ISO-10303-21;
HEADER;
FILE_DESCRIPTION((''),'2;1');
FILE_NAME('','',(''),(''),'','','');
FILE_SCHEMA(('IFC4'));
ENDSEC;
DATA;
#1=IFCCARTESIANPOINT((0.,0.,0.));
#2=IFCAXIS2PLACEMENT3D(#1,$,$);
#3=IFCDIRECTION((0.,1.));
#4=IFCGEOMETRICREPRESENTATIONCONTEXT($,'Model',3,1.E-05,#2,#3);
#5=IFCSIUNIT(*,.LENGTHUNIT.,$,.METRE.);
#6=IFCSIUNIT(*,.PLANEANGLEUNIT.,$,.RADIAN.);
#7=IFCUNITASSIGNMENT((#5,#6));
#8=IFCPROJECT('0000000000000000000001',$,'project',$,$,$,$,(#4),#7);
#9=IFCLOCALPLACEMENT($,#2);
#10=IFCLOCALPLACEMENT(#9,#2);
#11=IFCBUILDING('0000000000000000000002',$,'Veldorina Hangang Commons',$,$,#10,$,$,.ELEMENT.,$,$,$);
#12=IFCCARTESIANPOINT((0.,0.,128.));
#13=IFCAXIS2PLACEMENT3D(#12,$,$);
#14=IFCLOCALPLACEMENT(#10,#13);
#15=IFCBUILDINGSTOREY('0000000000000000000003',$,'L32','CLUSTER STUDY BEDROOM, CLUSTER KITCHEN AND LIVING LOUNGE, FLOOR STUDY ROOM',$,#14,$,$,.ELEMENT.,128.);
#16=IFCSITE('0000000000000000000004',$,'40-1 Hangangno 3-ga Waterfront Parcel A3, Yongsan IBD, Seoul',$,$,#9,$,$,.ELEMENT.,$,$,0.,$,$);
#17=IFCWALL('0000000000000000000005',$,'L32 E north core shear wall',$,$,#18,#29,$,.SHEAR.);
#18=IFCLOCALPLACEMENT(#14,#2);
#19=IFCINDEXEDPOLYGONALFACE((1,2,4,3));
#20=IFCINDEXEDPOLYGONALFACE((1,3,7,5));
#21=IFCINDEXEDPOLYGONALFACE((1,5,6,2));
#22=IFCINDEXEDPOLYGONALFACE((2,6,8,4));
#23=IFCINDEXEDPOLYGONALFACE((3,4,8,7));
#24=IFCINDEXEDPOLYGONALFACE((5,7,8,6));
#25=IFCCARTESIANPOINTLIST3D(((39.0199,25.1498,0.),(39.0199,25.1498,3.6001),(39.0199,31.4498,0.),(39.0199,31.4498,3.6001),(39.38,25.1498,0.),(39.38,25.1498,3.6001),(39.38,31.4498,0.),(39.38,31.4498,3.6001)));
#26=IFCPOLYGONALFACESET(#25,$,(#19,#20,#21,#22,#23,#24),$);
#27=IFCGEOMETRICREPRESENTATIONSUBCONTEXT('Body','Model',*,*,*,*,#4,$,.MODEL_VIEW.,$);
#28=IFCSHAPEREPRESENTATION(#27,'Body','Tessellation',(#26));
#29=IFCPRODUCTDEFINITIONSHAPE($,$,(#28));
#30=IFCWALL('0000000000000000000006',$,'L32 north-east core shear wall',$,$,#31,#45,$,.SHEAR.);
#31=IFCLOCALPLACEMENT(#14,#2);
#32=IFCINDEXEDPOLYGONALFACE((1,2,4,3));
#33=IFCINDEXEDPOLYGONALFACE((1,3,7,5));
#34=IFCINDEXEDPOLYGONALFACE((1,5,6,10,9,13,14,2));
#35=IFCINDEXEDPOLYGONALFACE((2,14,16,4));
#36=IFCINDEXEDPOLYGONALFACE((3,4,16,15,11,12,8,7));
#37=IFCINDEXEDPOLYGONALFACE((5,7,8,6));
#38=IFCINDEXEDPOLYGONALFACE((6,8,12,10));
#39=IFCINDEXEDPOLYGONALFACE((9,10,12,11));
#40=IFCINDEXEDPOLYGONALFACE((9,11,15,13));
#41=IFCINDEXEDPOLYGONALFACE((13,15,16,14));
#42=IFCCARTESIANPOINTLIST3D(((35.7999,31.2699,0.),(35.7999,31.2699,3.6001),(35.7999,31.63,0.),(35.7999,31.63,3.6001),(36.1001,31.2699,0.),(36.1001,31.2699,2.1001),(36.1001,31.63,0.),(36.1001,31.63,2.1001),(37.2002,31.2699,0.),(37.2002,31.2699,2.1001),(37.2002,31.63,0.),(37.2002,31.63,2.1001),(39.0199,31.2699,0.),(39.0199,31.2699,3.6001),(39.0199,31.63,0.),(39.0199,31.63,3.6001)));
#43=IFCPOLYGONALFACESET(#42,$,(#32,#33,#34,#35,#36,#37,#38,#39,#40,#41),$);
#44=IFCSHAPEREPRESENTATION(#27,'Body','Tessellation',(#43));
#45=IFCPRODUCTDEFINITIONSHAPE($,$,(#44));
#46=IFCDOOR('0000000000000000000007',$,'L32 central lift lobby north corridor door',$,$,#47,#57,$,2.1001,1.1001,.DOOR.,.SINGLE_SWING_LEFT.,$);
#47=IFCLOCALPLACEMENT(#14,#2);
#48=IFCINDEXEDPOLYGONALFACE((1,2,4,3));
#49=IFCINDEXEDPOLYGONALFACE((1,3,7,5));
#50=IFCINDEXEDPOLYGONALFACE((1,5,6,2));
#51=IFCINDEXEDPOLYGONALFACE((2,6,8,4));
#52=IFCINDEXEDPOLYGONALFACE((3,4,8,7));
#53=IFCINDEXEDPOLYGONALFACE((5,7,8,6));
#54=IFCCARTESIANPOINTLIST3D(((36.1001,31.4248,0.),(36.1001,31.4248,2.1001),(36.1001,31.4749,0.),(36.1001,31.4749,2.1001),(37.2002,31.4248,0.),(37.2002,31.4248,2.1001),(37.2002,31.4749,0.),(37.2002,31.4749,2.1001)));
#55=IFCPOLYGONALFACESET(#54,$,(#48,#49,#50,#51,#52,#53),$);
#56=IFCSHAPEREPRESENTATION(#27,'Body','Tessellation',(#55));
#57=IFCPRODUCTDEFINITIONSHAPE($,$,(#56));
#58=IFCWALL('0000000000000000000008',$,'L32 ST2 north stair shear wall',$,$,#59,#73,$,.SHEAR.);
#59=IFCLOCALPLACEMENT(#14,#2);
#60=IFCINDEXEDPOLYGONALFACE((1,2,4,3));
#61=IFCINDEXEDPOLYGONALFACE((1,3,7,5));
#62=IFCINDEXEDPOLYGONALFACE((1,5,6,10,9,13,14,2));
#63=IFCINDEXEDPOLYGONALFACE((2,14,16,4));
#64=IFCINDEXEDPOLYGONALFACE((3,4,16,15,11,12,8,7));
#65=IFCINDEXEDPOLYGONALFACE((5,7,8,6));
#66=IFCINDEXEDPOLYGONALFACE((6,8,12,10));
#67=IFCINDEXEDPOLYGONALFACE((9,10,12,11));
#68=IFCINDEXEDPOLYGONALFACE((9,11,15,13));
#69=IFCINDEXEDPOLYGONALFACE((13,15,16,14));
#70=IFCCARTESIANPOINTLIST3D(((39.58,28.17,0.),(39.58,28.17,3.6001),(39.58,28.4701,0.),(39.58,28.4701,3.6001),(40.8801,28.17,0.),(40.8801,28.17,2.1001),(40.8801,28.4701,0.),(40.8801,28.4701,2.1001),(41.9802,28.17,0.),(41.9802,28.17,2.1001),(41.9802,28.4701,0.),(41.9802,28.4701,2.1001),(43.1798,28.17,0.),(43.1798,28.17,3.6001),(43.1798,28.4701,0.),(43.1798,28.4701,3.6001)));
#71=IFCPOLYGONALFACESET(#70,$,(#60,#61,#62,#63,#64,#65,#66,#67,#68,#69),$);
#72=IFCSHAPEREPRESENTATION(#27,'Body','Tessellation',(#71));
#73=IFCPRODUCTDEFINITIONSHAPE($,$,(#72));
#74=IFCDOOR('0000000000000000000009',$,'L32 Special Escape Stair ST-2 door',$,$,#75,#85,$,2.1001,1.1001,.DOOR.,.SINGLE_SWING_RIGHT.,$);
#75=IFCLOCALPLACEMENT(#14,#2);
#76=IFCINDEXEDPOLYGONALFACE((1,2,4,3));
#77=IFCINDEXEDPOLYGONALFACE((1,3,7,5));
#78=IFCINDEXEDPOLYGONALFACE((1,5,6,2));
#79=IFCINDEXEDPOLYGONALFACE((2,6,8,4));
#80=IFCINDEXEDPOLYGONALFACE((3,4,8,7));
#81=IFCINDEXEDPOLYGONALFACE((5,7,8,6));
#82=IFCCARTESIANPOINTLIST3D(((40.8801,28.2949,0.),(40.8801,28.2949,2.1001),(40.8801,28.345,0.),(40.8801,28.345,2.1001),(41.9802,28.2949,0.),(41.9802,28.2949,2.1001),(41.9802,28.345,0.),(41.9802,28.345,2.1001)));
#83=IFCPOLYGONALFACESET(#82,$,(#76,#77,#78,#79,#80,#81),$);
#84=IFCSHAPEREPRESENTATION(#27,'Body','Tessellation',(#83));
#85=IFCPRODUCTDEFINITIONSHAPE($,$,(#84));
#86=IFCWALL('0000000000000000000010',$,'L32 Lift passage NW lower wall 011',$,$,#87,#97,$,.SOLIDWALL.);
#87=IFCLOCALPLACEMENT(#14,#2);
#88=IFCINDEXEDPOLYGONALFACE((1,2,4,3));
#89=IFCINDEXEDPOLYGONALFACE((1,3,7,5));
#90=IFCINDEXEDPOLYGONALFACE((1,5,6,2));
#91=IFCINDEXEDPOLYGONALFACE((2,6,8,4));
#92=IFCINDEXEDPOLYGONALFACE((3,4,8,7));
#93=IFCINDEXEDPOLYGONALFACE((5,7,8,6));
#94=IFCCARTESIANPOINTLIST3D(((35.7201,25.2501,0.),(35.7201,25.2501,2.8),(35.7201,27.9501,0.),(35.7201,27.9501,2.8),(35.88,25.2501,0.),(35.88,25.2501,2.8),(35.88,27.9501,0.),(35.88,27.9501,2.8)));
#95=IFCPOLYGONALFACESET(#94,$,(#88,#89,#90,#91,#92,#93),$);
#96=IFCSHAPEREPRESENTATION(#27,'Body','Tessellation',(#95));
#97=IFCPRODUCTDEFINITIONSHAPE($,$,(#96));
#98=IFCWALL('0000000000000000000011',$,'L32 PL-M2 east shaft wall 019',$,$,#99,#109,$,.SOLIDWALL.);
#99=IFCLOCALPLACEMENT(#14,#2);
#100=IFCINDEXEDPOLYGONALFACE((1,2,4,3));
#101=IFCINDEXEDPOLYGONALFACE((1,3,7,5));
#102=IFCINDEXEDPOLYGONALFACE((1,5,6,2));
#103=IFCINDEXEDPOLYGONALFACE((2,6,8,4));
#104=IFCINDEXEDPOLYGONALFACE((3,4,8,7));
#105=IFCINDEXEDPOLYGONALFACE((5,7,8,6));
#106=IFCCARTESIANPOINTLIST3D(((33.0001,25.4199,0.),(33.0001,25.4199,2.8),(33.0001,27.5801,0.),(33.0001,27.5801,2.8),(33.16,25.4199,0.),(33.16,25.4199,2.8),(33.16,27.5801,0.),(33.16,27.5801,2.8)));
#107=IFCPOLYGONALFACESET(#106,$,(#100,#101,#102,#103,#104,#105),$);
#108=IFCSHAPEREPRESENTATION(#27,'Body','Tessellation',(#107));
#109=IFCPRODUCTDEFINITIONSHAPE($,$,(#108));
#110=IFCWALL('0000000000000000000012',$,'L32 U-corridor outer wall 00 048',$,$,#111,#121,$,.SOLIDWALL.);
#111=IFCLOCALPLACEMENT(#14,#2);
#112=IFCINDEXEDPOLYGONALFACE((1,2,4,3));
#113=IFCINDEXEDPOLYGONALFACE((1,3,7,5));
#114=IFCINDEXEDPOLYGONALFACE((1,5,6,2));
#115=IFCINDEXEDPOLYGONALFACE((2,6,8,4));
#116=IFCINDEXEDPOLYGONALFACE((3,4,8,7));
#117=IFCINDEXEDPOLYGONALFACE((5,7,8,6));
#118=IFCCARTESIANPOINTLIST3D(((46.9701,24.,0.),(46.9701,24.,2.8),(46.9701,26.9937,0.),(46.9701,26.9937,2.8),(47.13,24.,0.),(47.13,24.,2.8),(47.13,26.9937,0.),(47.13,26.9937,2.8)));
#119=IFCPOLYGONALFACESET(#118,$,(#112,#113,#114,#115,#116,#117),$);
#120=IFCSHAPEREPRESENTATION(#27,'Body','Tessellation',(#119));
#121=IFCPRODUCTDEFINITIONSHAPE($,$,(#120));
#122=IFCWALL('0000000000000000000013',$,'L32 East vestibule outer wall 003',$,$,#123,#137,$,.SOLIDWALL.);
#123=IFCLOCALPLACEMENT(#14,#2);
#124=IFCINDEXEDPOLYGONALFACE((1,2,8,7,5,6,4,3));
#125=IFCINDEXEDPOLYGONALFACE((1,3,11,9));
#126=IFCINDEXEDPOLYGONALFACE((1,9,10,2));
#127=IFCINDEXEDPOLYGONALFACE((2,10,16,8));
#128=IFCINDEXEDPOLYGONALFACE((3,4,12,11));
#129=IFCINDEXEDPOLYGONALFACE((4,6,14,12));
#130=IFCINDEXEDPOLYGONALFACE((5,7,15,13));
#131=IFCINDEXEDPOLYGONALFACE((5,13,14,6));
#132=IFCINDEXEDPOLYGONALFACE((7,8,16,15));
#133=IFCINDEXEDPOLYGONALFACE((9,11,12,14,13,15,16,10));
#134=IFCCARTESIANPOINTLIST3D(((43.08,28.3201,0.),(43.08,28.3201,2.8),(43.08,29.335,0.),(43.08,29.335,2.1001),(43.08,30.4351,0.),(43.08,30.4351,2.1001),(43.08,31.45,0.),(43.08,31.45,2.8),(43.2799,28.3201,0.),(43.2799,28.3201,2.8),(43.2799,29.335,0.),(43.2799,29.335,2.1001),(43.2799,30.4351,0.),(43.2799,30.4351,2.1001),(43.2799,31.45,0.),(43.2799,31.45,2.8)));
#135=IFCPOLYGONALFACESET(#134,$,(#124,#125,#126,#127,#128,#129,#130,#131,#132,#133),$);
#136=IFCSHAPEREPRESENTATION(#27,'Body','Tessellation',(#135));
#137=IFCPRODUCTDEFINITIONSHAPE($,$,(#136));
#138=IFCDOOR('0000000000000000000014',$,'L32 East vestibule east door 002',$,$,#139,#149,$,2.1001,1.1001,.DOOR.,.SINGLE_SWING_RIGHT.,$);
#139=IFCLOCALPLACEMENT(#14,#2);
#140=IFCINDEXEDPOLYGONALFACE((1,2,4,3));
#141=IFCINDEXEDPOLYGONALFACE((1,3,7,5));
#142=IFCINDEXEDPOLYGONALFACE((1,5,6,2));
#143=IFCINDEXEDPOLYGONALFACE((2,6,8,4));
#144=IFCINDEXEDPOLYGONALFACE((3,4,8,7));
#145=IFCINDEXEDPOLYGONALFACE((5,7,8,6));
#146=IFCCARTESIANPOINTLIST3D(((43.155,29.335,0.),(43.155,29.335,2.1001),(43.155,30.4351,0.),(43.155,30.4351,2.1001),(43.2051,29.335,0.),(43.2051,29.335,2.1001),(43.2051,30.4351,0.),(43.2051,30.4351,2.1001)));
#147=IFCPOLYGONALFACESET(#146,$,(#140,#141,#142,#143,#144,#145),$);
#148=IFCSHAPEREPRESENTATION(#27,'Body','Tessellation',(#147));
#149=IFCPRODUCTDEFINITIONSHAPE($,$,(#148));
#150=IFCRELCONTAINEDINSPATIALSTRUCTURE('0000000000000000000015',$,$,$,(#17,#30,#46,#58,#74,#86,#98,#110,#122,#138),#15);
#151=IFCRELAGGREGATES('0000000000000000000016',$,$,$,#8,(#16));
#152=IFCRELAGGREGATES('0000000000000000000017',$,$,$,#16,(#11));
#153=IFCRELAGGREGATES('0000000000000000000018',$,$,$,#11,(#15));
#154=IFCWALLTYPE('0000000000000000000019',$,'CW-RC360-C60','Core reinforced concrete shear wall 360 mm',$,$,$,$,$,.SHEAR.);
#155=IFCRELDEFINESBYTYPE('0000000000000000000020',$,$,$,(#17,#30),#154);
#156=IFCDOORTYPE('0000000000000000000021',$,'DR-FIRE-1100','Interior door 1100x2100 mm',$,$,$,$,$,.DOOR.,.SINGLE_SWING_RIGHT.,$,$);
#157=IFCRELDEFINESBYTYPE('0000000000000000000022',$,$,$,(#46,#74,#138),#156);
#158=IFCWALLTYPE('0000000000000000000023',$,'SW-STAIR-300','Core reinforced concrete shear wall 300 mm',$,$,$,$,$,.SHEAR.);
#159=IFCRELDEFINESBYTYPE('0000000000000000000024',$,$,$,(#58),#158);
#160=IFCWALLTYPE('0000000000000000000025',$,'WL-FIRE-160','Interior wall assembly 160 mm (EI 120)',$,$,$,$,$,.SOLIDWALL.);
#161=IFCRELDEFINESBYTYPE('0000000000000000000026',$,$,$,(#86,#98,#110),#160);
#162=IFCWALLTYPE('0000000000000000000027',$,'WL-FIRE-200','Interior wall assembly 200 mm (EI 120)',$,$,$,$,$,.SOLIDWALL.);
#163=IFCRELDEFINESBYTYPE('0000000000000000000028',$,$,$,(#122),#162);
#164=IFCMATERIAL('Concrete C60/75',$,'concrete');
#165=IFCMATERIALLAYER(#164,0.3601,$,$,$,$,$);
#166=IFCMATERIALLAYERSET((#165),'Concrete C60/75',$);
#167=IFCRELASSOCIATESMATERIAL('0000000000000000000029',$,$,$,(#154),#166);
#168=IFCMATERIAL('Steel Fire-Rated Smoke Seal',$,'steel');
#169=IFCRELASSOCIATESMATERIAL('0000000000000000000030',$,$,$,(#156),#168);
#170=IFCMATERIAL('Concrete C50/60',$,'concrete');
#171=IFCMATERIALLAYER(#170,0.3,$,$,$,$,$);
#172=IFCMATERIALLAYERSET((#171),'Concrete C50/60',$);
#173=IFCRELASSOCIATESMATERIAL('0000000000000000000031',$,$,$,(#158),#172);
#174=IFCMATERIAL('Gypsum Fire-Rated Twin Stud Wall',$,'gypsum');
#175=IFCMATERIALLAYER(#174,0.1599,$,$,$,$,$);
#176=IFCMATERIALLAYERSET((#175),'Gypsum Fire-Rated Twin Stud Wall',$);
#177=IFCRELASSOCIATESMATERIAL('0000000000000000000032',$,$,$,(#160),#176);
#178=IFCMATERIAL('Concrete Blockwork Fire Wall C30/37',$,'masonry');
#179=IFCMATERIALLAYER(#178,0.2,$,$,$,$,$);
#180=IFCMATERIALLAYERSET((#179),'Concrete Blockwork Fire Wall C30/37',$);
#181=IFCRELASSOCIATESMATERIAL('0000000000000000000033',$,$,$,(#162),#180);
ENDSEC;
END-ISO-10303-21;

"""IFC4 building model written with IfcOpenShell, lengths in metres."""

from ifc_helpers import new_model, si_unit, direction, frame, frame_2d, origin, place, context, subcontext, project, spatial, rectangle, extrude, material, layer, layer_set, type_object, element, fill, save


model = new_model("IFC4")

# Units and contexts
model_context = context("Model", 3, precision=1e-05, world=origin(), true_north=direction((0.0, 1.0)))
body_context = subcontext(model_context, "Body", "Model", "MODEL_VIEW")
ifc_project = project(units=[si_unit("LENGTHUNIT", "METRE"), si_unit("PLANEANGLEUNIT", "RADIAN")], contexts=[model_context])

# Site, building, storey
site_placement = place(None, origin())
site = spatial("IfcSite", under=ifc_project, at=site_placement, Name="40-1 Hangangno 3-ga Waterfront Parcel A3, Yongsan IBD, Seoul", CompositionType="ELEMENT", RefElevation=0.0)
building_placement = place(site_placement, origin())
building = spatial("IfcBuilding", under=site, at=building_placement, Name="Veldorina Hangang Commons", CompositionType="ELEMENT")
storey_placement = place(building_placement, frame((0.0, 0.0, 128.0)))
storey = spatial("IfcBuildingStorey", under=building, at=storey_placement, Name="L32", Description="CLUSTER STUDY BEDROOM, CLUSTER KITCHEN AND LIVING LOUNGE, FLOOR STUDY ROOM", CompositionType="ELEMENT", Elevation=128.0)

# Wall
ifc_material_1 = material(Name="Concrete C60/75", Category="concrete")
ifc_layer_1 = layer(ifc_material_1, 0.3601)
ifc_layer_set_1 = layer_set([ifc_layer_1], Name="Concrete C60/75")
wall_type_1 = type_object("IfcWallType", Name="CW-RC360-C60", Description="Core reinforced concrete shear wall 360 mm", PredefinedType="SHEAR", material=ifc_layer_set_1)
wall_1_placement = place(storey_placement, frame((39.2, 25.1499, 0.0), z_axis=(0.0, 0.0, 1.0), x_axis=(0.0, 1.0, 0.0)))
element("IfcWall", 1, at=wall_1_placement, inside=storey, type_object=wall_type_1, Name="L32 E north core shear wall", PredefinedType="SHEAR", context=body_context, shape_type="SweptSolid", body=[
    extrude(rectangle(XDim=6.3, YDim=0.3601, at=frame_2d((3.1499, 0.0))), origin(), (0.0, 0.0, 1.0), 3.6001),
])

# Walls, openings, doors
wall_2_placement = place(storey_placement, frame((35.8, 31.45, 0.0), z_axis=(0.0, 0.0, 1.0), x_axis=(1.0, 0.0, 0.0)))
wall_2 = element("IfcWall", 2, at=wall_2_placement, inside=storey, type_object=wall_type_1, Name="L32 north-east core shear wall", PredefinedType="SHEAR", context=body_context, shape_type="SweptSolid", body=[
    extrude(rectangle(XDim=3.22, YDim=0.3601, at=frame_2d((1.6099, 0.0))), origin(), (0.0, 0.0, 1.0), 3.6001),
])
opening_1_placement = place(wall_2_placement, frame((0.3, 0.0, 0.0)))
opening_1 = element("IfcOpeningElement", 3, at=opening_1_placement, cuts=wall_2, PredefinedType="OPENING", context=body_context, shape_type="SweptSolid", body=[
    extrude(rectangle(XDim=1.1001, YDim=2.1001, at=frame_2d((0.55, 1.05))), frame((0.0, 0.1899, 0.0), z_axis=(0.0, -1.0, 0.0), x_axis=(1.0, 0.0, 0.0)), (0.0, 0.0, 1.0), 0.3801),
])
ifc_material_2 = material(Name="Steel Fire-Rated Smoke Seal", Category="steel")
door_type_1 = type_object("IfcDoorType", Name="DR-FIRE-1100", Description="Interior door 1100x2100 mm", OperationType="SINGLE_SWING_RIGHT", PredefinedType="DOOR", material=ifc_material_2)
door_1_placement = place(opening_1_placement, origin())
door_1 = element("IfcDoor", 4, at=door_1_placement, inside=storey, type_object=door_type_1, Name="L32 central lift lobby north corridor door", OperationType="SINGLE_SWING_LEFT", OverallHeight=2.1001, OverallWidth=1.1001, PredefinedType="DOOR", context=body_context, shape_type="SweptSolid", body=[
    extrude(rectangle(XDim=1.1001, YDim=2.1001, at=frame_2d((0.55, 1.05))), frame((0.0, 0.0249, 0.0), z_axis=(0.0, -1.0, 0.0), x_axis=(1.0, 0.0, 0.0)), (0.0, 0.0, 1.0), 0.05),
])
fill(opening_1, door_1)
ifc_material_3 = material(Name="Concrete C50/60", Category="concrete")
ifc_layer_2 = layer(ifc_material_3, 0.3)
ifc_layer_set_2 = layer_set([ifc_layer_2], Name="Concrete C50/60")
wall_type_2 = type_object("IfcWallType", Name="SW-STAIR-300", Description="Core reinforced concrete shear wall 300 mm", PredefinedType="SHEAR", material=ifc_layer_set_2)
wall_3_placement = place(storey_placement, frame((39.5801, 28.3201, 0.0), z_axis=(0.0, 0.0, 1.0), x_axis=(1.0, 0.0, 0.0)))
wall_3 = element("IfcWall", 5, at=wall_3_placement, inside=storey, type_object=wall_type_2, Name="L32 ST2 north stair shear wall", PredefinedType="SHEAR", context=body_context, shape_type="SweptSolid", body=[
    extrude(rectangle(XDim=3.5999, YDim=0.3, at=frame_2d((1.7998, 0.0))), origin(), (0.0, 0.0, 1.0), 3.6001),
])
opening_2_placement = place(wall_3_placement, frame((1.3, 0.0, 0.0)))
opening_2 = element("IfcOpeningElement", 6, at=opening_2_placement, cuts=wall_3, PredefinedType="OPENING", context=body_context, shape_type="SweptSolid", body=[
    extrude(rectangle(XDim=1.1001, YDim=2.1001, at=frame_2d((0.55, 1.05))), frame((0.0, 0.1602, 0.0), z_axis=(0.0, -1.0, 0.0), x_axis=(1.0, 0.0, 0.0)), (0.0, 0.0, 1.0), 0.3201),
])
door_2_placement = place(opening_2_placement, origin())
door_2 = element("IfcDoor", 7, at=door_2_placement, inside=storey, type_object=door_type_1, Name="L32 Special Escape Stair ST-2 door", OperationType="SINGLE_SWING_RIGHT", OverallHeight=2.1001, OverallWidth=1.1001, PredefinedType="DOOR", context=body_context, shape_type="SweptSolid", body=[
    extrude(rectangle(XDim=1.1001, YDim=2.1001, at=frame_2d((0.55, 1.05))), frame((0.0, 0.0249, 0.0), z_axis=(0.0, -1.0, 0.0), x_axis=(1.0, 0.0, 0.0)), (0.0, 0.0, 1.0), 0.05),
])
fill(opening_2, door_2)

# Walls
ifc_material_4 = material(Name="Gypsum Fire-Rated Twin Stud Wall", Category="gypsum")
ifc_layer_3 = layer(ifc_material_4, 0.1599)
ifc_layer_set_3 = layer_set([ifc_layer_3], Name="Gypsum Fire-Rated Twin Stud Wall")
wall_type_3 = type_object("IfcWallType", Name="WL-FIRE-160", Description="Interior wall assembly 160 mm (EI 120)", PredefinedType="SOLIDWALL", material=ifc_layer_set_3)
wall_4_placement = place(storey_placement, frame((35.8, 25.25, 0.0), z_axis=(0.0, 0.0, 1.0), x_axis=(0.0, 1.0, 0.0)))
element("IfcWall", 8, at=wall_4_placement, inside=storey, type_object=wall_type_3, Name="L32 Lift passage NW lower wall 011", PredefinedType="SOLIDWALL", context=body_context, shape_type="SweptSolid", body=[
    extrude(rectangle(XDim=2.7, YDim=0.1599, at=frame_2d((1.3501, 0.0))), origin(), (0.0, 0.0, 1.0), 2.8),
])
wall_5_placement = place(storey_placement, frame((33.0801, 25.4199, 0.0), z_axis=(0.0, 0.0, 1.0), x_axis=(0.0, 1.0, 0.0)))
element("IfcWall", 9, at=wall_5_placement, inside=storey, type_object=wall_type_3, Name="L32 PL-M2 east shaft wall 019", PredefinedType="SOLIDWALL", context=body_context, shape_type="SweptSolid", body=[
    extrude(rectangle(XDim=2.1602, YDim=0.1599, at=frame_2d((1.0801, 0.0))), origin(), (0.0, 0.0, 1.0), 2.8),
])
wall_6_placement = place(storey_placement, frame((47.05, 24.0, 0.0), z_axis=(0.0, 0.0, 1.0), x_axis=(0.0, 1.0, 0.0)))
element("IfcWall", 10, at=wall_6_placement, inside=storey, type_object=wall_type_3, Name="L32 U-corridor outer wall 00 048", PredefinedType="SOLIDWALL", context=body_context, shape_type="SweptSolid", body=[
    extrude(rectangle(XDim=2.9937, YDim=0.1599, at=frame_2d((1.4968, 0.0))), origin(), (0.0, 0.0, 1.0), 2.8),
])

# Wall, opening, door
ifc_material_5 = material(Name="Concrete Blockwork Fire Wall C30/37", Category="masonry")
ifc_layer_4 = layer(ifc_material_5, 0.2)
ifc_layer_set_4 = layer_set([ifc_layer_4], Name="Concrete Blockwork Fire Wall C30/37")
wall_type_4 = type_object("IfcWallType", Name="WL-FIRE-200", Description="Interior wall assembly 200 mm (EI 120)", PredefinedType="SOLIDWALL", material=ifc_layer_set_4)
wall_7_placement = place(storey_placement, frame((43.1799, 28.3201, 0.0), z_axis=(0.0, 0.0, 1.0), x_axis=(0.0, 1.0, 0.0)))
wall_7 = element("IfcWall", 11, at=wall_7_placement, inside=storey, type_object=wall_type_4, Name="L32 East vestibule outer wall 003", PredefinedType="SOLIDWALL", context=body_context, shape_type="SweptSolid", body=[
    extrude(rectangle(XDim=3.1299, YDim=0.2, at=frame_2d((1.5649, 0.0))), origin(), (0.0, 0.0, 1.0), 2.8),
])
opening_3_placement = place(wall_7_placement, frame((1.0149, 0.0, 0.0)))
opening_3 = element("IfcOpeningElement", 12, at=opening_3_placement, cuts=wall_7, PredefinedType="OPENING", context=body_context, shape_type="SweptSolid", body=[
    extrude(rectangle(XDim=1.1001, YDim=2.1001, at=frame_2d((0.55, 1.05))), frame((0.0, 0.1099, 0.0), z_axis=(0.0, -1.0, 0.0), x_axis=(1.0, 0.0, 0.0)), (0.0, 0.0, 1.0), 0.22),
])
door_3_placement = place(opening_3_placement, origin())
door_3 = element("IfcDoor", 13, at=door_3_placement, inside=storey, type_object=door_type_1, Name="L32 East vestibule east door 002", OperationType="SINGLE_SWING_RIGHT", OverallHeight=2.1001, OverallWidth=1.1001, PredefinedType="DOOR", context=body_context, shape_type="SweptSolid", body=[
    extrude(rectangle(XDim=1.1001, YDim=2.1001, at=frame_2d((0.55, 1.05))), frame((0.0, 0.0249, 0.0), z_axis=(0.0, -1.0, 0.0), x_axis=(1.0, 0.0, 0.0)), (0.0, 0.0, 1.0), 0.05),
])
fill(opening_3, door_3)

save(model, "model.ifc")
